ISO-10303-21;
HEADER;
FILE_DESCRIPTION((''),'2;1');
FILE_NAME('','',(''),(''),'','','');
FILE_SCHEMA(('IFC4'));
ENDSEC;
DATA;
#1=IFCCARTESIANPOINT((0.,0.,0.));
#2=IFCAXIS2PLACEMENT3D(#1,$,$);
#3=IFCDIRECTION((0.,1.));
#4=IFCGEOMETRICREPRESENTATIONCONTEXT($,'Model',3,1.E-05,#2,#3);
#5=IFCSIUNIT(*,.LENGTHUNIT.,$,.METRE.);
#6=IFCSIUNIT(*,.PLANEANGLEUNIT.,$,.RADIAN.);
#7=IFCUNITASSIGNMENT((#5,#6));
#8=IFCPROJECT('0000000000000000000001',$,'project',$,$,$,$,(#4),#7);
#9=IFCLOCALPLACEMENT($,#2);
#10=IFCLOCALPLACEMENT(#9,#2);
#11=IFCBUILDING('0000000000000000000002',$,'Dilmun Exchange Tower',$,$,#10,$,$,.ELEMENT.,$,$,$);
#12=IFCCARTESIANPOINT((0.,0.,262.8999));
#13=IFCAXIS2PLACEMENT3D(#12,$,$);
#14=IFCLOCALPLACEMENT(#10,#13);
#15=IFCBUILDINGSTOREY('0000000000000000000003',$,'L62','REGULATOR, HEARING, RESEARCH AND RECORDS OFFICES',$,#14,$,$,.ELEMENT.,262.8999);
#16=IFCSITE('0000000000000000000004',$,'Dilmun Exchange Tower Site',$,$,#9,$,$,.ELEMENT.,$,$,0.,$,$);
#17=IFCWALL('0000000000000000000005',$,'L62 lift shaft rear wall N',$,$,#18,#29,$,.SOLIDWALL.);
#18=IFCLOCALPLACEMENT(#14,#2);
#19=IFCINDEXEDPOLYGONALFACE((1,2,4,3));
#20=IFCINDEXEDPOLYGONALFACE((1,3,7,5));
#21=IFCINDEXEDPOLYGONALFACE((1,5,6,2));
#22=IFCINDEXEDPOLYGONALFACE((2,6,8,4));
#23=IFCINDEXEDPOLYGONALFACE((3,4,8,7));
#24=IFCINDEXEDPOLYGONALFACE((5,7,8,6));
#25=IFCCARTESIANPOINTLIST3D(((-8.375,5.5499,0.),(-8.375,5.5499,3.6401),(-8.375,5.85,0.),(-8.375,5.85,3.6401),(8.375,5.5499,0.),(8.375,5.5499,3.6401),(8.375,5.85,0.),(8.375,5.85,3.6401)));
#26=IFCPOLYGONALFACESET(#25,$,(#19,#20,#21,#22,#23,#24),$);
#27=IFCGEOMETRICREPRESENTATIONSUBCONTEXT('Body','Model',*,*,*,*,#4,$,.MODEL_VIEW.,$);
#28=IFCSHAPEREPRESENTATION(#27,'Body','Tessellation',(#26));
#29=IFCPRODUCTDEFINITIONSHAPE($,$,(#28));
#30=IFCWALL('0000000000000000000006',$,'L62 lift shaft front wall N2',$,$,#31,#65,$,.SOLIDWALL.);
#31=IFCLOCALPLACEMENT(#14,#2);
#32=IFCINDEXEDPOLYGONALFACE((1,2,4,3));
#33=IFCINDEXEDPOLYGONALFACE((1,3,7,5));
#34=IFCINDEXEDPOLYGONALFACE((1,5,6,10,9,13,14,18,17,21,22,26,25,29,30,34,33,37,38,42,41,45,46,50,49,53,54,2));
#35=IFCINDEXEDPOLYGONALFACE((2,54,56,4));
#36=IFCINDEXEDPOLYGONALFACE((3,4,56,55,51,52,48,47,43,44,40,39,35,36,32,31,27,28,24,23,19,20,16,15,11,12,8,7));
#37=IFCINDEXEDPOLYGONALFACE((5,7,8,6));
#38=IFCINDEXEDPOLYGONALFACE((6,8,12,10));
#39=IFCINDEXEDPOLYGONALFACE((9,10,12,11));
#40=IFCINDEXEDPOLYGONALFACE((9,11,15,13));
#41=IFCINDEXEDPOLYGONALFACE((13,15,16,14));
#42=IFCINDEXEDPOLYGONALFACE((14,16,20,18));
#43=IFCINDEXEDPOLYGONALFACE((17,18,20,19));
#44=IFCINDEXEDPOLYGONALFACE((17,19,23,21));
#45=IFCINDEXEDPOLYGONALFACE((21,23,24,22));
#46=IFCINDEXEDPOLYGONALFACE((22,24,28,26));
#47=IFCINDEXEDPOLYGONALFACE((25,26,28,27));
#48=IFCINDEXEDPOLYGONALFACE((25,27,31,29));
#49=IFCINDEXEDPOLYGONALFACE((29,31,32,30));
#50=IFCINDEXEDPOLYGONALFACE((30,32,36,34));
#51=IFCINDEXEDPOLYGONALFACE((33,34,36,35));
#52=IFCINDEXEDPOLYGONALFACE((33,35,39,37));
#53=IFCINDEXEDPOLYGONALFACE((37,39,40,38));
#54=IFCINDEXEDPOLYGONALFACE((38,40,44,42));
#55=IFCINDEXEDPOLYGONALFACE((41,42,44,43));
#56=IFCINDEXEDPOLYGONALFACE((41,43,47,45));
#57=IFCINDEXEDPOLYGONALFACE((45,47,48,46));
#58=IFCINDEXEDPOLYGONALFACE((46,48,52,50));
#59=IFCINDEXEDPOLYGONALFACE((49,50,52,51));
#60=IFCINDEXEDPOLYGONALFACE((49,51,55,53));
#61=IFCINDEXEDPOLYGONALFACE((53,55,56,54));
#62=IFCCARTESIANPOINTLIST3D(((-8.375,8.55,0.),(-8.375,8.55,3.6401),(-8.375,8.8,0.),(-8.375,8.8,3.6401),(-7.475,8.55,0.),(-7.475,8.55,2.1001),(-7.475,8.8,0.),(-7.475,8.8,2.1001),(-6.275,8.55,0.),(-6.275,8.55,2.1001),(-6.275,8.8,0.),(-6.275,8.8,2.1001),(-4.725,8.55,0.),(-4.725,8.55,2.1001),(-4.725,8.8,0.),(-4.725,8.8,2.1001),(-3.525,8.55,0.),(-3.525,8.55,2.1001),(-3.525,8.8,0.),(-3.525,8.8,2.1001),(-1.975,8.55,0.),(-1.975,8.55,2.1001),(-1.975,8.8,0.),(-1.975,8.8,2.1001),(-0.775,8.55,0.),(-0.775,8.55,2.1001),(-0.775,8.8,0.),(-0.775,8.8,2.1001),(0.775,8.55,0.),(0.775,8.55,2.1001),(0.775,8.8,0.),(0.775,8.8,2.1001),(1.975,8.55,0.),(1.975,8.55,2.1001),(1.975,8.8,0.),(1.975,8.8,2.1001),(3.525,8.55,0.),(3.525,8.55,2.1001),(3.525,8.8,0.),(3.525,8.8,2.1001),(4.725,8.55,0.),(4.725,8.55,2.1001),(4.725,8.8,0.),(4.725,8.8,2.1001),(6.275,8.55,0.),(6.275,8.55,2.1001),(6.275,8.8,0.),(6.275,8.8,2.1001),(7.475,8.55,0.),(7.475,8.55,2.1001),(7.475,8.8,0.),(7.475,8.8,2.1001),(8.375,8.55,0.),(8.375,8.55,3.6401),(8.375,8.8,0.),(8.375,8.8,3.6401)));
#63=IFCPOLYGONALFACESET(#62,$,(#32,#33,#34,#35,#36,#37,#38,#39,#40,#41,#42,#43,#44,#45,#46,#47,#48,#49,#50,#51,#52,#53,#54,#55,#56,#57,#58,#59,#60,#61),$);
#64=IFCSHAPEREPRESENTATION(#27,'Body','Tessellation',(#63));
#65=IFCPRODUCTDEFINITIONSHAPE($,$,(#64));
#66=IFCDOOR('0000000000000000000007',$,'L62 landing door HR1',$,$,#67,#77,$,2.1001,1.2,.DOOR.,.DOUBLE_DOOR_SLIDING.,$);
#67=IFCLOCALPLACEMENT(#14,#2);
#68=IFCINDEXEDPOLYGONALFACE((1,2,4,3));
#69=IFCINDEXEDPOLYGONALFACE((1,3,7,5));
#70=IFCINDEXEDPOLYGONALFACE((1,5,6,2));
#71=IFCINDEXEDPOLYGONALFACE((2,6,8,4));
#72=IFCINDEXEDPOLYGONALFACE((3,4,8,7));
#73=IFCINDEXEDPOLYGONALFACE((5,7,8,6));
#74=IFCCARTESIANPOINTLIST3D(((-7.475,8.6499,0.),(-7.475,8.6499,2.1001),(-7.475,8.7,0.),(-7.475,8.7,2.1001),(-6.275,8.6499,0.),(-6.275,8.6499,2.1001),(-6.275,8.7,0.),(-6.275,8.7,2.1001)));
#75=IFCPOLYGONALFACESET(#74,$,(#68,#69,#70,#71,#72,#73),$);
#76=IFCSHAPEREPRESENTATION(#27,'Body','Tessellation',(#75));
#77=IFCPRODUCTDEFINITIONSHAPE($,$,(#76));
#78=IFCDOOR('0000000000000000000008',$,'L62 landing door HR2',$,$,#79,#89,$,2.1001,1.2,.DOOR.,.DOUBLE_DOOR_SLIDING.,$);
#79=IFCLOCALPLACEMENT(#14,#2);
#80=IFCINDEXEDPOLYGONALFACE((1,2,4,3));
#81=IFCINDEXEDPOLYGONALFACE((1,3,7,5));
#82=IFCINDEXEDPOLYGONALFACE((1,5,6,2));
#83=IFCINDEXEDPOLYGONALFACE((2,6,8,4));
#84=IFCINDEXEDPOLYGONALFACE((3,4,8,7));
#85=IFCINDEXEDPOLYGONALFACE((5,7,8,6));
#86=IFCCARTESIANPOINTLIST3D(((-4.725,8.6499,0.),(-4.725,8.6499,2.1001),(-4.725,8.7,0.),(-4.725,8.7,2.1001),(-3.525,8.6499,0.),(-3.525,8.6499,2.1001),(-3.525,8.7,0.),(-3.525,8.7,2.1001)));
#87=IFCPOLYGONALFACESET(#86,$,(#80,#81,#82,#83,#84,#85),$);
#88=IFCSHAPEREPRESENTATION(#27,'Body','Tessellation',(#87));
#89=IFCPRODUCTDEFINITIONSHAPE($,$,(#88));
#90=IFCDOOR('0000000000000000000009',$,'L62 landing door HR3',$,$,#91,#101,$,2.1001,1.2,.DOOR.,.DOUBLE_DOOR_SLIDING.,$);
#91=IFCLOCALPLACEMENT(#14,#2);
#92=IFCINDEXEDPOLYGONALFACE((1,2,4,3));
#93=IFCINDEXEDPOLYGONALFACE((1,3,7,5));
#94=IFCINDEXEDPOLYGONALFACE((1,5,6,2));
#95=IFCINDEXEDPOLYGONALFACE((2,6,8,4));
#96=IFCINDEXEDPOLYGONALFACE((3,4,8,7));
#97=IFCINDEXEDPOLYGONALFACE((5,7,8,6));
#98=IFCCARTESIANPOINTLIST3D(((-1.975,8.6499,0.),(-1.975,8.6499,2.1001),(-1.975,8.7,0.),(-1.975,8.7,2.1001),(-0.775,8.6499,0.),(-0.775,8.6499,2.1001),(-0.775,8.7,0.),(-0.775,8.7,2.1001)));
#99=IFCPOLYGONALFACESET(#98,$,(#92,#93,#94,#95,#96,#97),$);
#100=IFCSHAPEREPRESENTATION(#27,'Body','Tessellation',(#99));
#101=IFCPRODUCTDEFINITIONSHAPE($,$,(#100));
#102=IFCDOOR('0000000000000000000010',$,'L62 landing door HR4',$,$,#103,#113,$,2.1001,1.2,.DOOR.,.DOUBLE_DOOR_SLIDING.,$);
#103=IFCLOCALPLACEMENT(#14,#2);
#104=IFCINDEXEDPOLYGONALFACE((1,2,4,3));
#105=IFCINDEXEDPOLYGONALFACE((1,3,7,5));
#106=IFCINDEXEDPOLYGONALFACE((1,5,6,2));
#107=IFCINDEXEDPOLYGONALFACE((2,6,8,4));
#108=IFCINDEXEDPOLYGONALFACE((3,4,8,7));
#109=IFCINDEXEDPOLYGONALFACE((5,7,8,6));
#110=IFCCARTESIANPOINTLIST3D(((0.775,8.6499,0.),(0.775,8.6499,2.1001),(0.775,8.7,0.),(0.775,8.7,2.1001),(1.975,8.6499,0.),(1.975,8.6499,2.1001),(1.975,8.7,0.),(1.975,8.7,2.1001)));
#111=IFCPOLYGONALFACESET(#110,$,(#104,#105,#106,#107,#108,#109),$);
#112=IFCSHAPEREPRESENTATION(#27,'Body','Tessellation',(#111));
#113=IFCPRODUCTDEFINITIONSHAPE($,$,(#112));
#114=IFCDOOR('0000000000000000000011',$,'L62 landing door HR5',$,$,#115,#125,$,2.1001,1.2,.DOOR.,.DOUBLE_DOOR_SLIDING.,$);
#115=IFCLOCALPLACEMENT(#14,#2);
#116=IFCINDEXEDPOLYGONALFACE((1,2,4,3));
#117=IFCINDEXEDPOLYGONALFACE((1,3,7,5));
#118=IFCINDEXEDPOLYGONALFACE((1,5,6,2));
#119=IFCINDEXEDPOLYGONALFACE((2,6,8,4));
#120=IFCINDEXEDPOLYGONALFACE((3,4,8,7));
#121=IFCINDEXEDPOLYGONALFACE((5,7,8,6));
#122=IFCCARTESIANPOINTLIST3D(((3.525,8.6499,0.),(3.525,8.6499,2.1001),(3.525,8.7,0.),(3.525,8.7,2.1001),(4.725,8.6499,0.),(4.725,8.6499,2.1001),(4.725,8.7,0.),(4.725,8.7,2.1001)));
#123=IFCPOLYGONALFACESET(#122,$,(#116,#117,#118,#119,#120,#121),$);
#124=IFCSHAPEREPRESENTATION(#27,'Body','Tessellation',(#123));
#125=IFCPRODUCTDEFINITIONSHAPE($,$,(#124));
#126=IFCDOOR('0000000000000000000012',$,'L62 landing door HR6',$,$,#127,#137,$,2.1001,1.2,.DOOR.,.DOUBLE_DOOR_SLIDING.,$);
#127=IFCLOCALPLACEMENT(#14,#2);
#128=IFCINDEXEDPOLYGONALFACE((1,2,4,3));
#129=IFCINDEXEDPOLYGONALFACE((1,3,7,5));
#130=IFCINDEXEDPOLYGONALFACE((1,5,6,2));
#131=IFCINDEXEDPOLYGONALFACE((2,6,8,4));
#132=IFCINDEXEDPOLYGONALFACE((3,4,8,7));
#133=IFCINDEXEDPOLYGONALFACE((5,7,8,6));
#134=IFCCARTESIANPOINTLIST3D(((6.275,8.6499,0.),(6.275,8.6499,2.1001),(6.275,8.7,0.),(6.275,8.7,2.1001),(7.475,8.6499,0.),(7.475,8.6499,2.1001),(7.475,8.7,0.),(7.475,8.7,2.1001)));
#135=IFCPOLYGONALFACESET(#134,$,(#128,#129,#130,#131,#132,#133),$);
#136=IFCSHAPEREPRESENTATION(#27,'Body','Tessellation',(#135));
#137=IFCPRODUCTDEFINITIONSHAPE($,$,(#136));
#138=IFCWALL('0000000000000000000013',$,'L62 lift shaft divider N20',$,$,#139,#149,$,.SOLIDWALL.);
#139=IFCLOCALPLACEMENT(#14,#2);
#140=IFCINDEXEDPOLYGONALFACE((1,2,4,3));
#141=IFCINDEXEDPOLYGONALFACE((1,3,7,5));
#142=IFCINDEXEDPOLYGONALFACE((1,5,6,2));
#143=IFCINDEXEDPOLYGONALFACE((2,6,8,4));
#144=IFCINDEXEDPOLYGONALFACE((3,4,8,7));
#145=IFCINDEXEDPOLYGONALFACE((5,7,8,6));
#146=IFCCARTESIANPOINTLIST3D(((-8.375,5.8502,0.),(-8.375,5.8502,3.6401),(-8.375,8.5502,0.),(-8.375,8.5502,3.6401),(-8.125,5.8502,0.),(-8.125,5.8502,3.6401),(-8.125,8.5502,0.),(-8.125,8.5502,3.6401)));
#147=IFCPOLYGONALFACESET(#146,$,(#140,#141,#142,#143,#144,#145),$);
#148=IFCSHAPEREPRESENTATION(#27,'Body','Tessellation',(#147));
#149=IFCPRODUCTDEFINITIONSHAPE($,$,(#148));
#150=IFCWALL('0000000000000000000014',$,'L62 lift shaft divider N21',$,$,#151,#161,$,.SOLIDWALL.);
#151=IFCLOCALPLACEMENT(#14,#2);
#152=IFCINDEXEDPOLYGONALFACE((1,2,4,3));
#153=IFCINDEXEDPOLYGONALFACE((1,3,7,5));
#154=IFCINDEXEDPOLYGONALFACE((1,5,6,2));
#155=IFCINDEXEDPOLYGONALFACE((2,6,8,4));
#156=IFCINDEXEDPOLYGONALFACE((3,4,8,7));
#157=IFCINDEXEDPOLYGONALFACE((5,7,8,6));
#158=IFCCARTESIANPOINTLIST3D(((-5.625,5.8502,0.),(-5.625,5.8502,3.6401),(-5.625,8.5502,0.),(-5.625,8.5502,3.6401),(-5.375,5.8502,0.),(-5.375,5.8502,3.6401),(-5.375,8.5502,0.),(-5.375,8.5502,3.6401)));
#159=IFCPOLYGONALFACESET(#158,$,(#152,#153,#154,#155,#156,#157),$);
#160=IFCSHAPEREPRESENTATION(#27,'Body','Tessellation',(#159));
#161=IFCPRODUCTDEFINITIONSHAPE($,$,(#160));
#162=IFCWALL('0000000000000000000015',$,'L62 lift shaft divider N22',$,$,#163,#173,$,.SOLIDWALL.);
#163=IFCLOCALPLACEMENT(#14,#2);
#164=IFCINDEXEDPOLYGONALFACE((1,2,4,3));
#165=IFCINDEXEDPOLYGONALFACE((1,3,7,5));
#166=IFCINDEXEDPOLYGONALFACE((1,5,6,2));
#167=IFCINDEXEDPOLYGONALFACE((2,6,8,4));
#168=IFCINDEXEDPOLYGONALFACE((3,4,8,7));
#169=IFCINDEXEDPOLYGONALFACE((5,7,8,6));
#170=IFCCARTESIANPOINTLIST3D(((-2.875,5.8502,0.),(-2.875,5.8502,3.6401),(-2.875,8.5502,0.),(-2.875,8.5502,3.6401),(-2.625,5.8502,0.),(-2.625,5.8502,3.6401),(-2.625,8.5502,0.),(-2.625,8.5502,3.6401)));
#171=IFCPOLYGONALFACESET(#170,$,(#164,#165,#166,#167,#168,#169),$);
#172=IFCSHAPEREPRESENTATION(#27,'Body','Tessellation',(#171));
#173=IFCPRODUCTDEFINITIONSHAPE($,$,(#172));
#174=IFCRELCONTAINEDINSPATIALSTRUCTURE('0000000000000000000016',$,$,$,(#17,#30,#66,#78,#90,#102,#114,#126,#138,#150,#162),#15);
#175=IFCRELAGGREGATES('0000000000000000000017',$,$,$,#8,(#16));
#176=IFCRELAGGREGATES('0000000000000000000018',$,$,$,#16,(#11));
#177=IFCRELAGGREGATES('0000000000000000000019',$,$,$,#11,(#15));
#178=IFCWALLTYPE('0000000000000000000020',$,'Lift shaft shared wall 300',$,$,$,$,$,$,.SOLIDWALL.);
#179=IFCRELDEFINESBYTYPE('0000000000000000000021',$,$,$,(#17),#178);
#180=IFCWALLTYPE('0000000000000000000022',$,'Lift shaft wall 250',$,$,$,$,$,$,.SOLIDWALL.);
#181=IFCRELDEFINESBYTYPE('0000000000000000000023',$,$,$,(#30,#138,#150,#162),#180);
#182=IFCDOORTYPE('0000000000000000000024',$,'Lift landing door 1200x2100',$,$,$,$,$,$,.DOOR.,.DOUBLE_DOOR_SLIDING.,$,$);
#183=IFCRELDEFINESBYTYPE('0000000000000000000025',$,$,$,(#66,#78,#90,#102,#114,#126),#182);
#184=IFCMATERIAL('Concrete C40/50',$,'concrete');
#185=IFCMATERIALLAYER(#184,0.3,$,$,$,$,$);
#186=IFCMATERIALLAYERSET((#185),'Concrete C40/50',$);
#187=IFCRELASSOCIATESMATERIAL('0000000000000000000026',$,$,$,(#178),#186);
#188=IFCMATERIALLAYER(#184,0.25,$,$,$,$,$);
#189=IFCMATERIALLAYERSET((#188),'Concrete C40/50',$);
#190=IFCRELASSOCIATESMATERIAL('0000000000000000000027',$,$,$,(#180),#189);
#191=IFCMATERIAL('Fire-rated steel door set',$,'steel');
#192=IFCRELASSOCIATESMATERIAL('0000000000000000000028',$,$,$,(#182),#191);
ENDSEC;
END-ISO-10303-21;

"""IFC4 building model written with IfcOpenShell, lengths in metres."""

from ifc_helpers import new_model, si_unit, direction, frame, frame_2d, origin, place, context, subcontext, project, spatial, rectangle, extrude, material, layer, layer_set, type_object, element, fill, save


model = new_model("IFC4")

# Units and contexts
model_context = context("Model", 3, precision=1e-05, world=origin(), true_north=direction((0.0, 1.0)))
body_context = subcontext(model_context, "Body", "Model", "MODEL_VIEW")
ifc_project = project(units=[si_unit("LENGTHUNIT", "METRE"), si_unit("PLANEANGLEUNIT", "RADIAN")], contexts=[model_context])

# Site, building, storey
site_placement = place(None, origin())
site = spatial("IfcSite", under=ifc_project, at=site_placement, Name="Dilmun Exchange Tower Site", CompositionType="ELEMENT", RefElevation=0.0)
building_placement = place(site_placement, origin())
building = spatial("IfcBuilding", under=site, at=building_placement, Name="Dilmun Exchange Tower", CompositionType="ELEMENT")
storey_placement = place(building_placement, frame((0.0, 0.0, 262.8999)))
storey = spatial("IfcBuildingStorey", under=building, at=storey_placement, Name="L62", Description="REGULATOR, HEARING, RESEARCH AND RECORDS OFFICES", CompositionType="ELEMENT", Elevation=262.8999)

# Shared definitions
ifc_material_1 = material(Name="Concrete C40/50", Category="concrete")

# Shared definitions
ifc_material_2 = material(Name="Fire-rated steel door set", Category="steel")

# Wall
ifc_layer_1 = layer(ifc_material_1, 0.3)
ifc_layer_set_1 = layer_set([ifc_layer_1], Name="Concrete C40/50")
wall_type_1 = type_object("IfcWallType", Name="Lift shaft shared wall 300", PredefinedType="SOLIDWALL", material=ifc_layer_set_1)
wall_1_placement = place(storey_placement, frame((-8.375, 5.7, 0.0), z_axis=(0.0, 0.0, 1.0), x_axis=(1.0, 0.0, 0.0)))
element("IfcWall", 1, at=wall_1_placement, inside=storey, type_object=wall_type_1, Name="L62 lift shaft rear wall N", PredefinedType="SOLIDWALL", context=body_context, shape_type="SweptSolid", body=[
    extrude(rectangle(XDim=16.75, YDim=0.3, at=frame_2d((8.375, 0.0))), origin(), (0.0, 0.0, 1.0), 3.6401),
])

# Wall, openings, doors
ifc_layer_2 = layer(ifc_material_1, 0.25)
ifc_layer_set_2 = layer_set([ifc_layer_2], Name="Concrete C40/50")
wall_type_2 = type_object("IfcWallType", Name="Lift shaft wall 250", PredefinedType="SOLIDWALL", material=ifc_layer_set_2)
wall_2_placement = place(storey_placement, frame((-8.375, 8.675, 0.0), z_axis=(0.0, 0.0, 1.0), x_axis=(1.0, 0.0, 0.0)))
wall_2 = element("IfcWall", 2, at=wall_2_placement, inside=storey, type_object=wall_type_2, Name="L62 lift shaft front wall N2", PredefinedType="SOLIDWALL", context=body_context, shape_type="SweptSolid", body=[
    extrude(rectangle(XDim=16.75, YDim=0.25, at=frame_2d((8.375, 0.0))), origin(), (0.0, 0.0, 1.0), 3.6401),
])
opening_1_placement = place(wall_2_placement, frame((0.8999, 0.0, 0.0)))
opening_1 = element("IfcOpeningElement", 3, at=opening_1_placement, cuts=wall_2, PredefinedType="OPENING", context=body_context, shape_type="SweptSolid", body=[
    extrude(rectangle(XDim=1.2, YDim=2.1001, at=frame_2d((0.6001, 1.05))), frame((0.0, 0.135, 0.0), z_axis=(0.0, -1.0, 0.0), x_axis=(1.0, 0.0, 0.0)), (0.0, 0.0, 1.0), 0.27),
])
opening_2_placement = place(wall_2_placement, frame((3.6499, 0.0, 0.0)))
opening_2 = element("IfcOpeningElement", 4, at=opening_2_placement, cuts=wall_2, PredefinedType="OPENING", context=body_context, shape_type="SweptSolid", body=[
    extrude(rectangle(XDim=1.2, YDim=2.1001, at=frame_2d((0.6001, 1.05))), frame((0.0, 0.135, 0.0), z_axis=(0.0, -1.0, 0.0), x_axis=(1.0, 0.0, 0.0)), (0.0, 0.0, 1.0), 0.27),
])
opening_3_placement = place(wall_2_placement, frame((6.3999, 0.0, 0.0)))
opening_3 = element("IfcOpeningElement", 5, at=opening_3_placement, cuts=wall_2, PredefinedType="OPENING", context=body_context, shape_type="SweptSolid", body=[
    extrude(rectangle(XDim=1.2, YDim=2.1001, at=frame_2d((0.6001, 1.05))), frame((0.0, 0.135, 0.0), z_axis=(0.0, -1.0, 0.0), x_axis=(1.0, 0.0, 0.0)), (0.0, 0.0, 1.0), 0.27),
])
opening_4_placement = place(wall_2_placement, frame((9.1499, 0.0, 0.0)))
opening_4 = element("IfcOpeningElement", 6, at=opening_4_placement, cuts=wall_2, PredefinedType="OPENING", context=body_context, shape_type="SweptSolid", body=[
    extrude(rectangle(XDim=1.2, YDim=2.1001, at=frame_2d((0.6001, 1.05))), frame((0.0, 0.135, 0.0), z_axis=(0.0, -1.0, 0.0), x_axis=(1.0, 0.0, 0.0)), (0.0, 0.0, 1.0), 0.27),
])
opening_5_placement = place(wall_2_placement, frame((11.8999, 0.0, 0.0)))
opening_5 = element("IfcOpeningElement", 7, at=opening_5_placement, cuts=wall_2, PredefinedType="OPENING", context=body_context, shape_type="SweptSolid", body=[
    extrude(rectangle(XDim=1.2, YDim=2.1001, at=frame_2d((0.6001, 1.05))), frame((0.0, 0.135, 0.0), z_axis=(0.0, -1.0, 0.0), x_axis=(1.0, 0.0, 0.0)), (0.0, 0.0, 1.0), 0.27),
])
opening_6_placement = place(wall_2_placement, frame((14.6499, 0.0, 0.0)))
opening_6 = element("IfcOpeningElement", 8, at=opening_6_placement, cuts=wall_2, PredefinedType="OPENING", context=body_context, shape_type="SweptSolid", body=[
    extrude(rectangle(XDim=1.2, YDim=2.1001, at=frame_2d((0.6001, 1.05))), frame((0.0, 0.135, 0.0), z_axis=(0.0, -1.0, 0.0), x_axis=(1.0, 0.0, 0.0)), (0.0, 0.0, 1.0), 0.27),
])
door_type_1 = type_object("IfcDoorType", Name="Lift landing door 1200x2100", OperationType="DOUBLE_DOOR_SLIDING", PredefinedType="DOOR", material=ifc_material_2)
door_1_placement = place(opening_1_placement, origin())
door_1 = element("IfcDoor", 9, at=door_1_placement, inside=storey, type_object=door_type_1, Name="L62 landing door HR1", OperationType="DOUBLE_DOOR_SLIDING", OverallHeight=2.1001, OverallWidth=1.2, PredefinedType="DOOR", context=body_context, shape_type="SweptSolid", body=[
    extrude(rectangle(XDim=1.2, YDim=2.1001, at=frame_2d((0.6001, 1.05))), frame((0.0, 0.0249, 0.0), z_axis=(0.0, -1.0, 0.0), x_axis=(1.0, 0.0, 0.0)), (0.0, 0.0, 1.0), 0.05),
])
fill(opening_1, door_1)
door_2_placement = place(opening_2_placement, origin())
door_2 = element("IfcDoor", 10, at=door_2_placement, inside=storey, type_object=door_type_1, Name="L62 landing door HR2", OperationType="DOUBLE_DOOR_SLIDING", OverallHeight=2.1001, OverallWidth=1.2, PredefinedType="DOOR", context=body_context, shape_type="SweptSolid", body=[
    extrude(rectangle(XDim=1.2, YDim=2.1001, at=frame_2d((0.6001, 1.05))), frame((0.0, 0.0249, 0.0), z_axis=(0.0, -1.0, 0.0), x_axis=(1.0, 0.0, 0.0)), (0.0, 0.0, 1.0), 0.05),
])
fill(opening_2, door_2)
door_3_placement = place(opening_3_placement, origin())
door_3 = element("IfcDoor", 11, at=door_3_placement, inside=storey, type_object=door_type_1, Name="L62 landing door HR3", OperationType="DOUBLE_DOOR_SLIDING", OverallHeight=2.1001, OverallWidth=1.2, PredefinedType="DOOR", context=body_context, shape_type="SweptSolid", body=[
    extrude(rectangle(XDim=1.2, YDim=2.1001, at=frame_2d((0.6001, 1.05))), frame((0.0, 0.0249, 0.0), z_axis=(0.0, -1.0, 0.0), x_axis=(1.0, 0.0, 0.0)), (0.0, 0.0, 1.0), 0.05),
])
fill(opening_3, door_3)
door_4_placement = place(opening_4_placement, origin())
door_4 = element("IfcDoor", 12, at=door_4_placement, inside=storey, type_object=door_type_1, Name="L62 landing door HR4", OperationType="DOUBLE_DOOR_SLIDING", OverallHeight=2.1001, OverallWidth=1.2, PredefinedType="DOOR", context=body_context, shape_type="SweptSolid", body=[
    extrude(rectangle(XDim=1.2, YDim=2.1001, at=frame_2d((0.6001, 1.05))), frame((0.0, 0.0249, 0.0), z_axis=(0.0, -1.0, 0.0), x_axis=(1.0, 0.0, 0.0)), (0.0, 0.0, 1.0), 0.05),
])
fill(opening_4, door_4)
door_5_placement = place(opening_5_placement, origin())
door_5 = element("IfcDoor", 13, at=door_5_placement, inside=storey, type_object=door_type_1, Name="L62 landing door HR5", OperationType="DOUBLE_DOOR_SLIDING", OverallHeight=2.1001, OverallWidth=1.2, PredefinedType="DOOR", context=body_context, shape_type="SweptSolid", body=[
    extrude(rectangle(XDim=1.2, YDim=2.1001, at=frame_2d((0.6001, 1.05))), frame((0.0, 0.0249, 0.0), z_axis=(0.0, -1.0, 0.0), x_axis=(1.0, 0.0, 0.0)), (0.0, 0.0, 1.0), 0.05),
])
fill(opening_5, door_5)
door_6_placement = place(opening_6_placement, origin())
door_6 = element("IfcDoor", 14, at=door_6_placement, inside=storey, type_object=door_type_1, Name="L62 landing door HR6", OperationType="DOUBLE_DOOR_SLIDING", OverallHeight=2.1001, OverallWidth=1.2, PredefinedType="DOOR", context=body_context, shape_type="SweptSolid", body=[
    extrude(rectangle(XDim=1.2, YDim=2.1001, at=frame_2d((0.6001, 1.05))), frame((0.0, 0.0249, 0.0), z_axis=(0.0, -1.0, 0.0), x_axis=(1.0, 0.0, 0.0)), (0.0, 0.0, 1.0), 0.05),
])
fill(opening_6, door_6)

# Walls
for number, where, z_axis, x_axis, name in (
    (15, (-8.25, 5.8501, 0.0), (0.0, 0.0, 1.0), (0.0, 1.0, 0.0), "L62 lift shaft divider N20"),
    (16, (-5.5, 5.8501, 0.0), (0.0, 0.0, 1.0), (0.0, 1.0, 0.0), "L62 lift shaft divider N21"),
    (17, (-2.75, 5.8501, 0.0), (0.0, 0.0, 1.0), (0.0, 1.0, 0.0), "L62 lift shaft divider N22"),
):
    element("IfcWall", number, at=place(storey_placement, frame(where, z_axis=z_axis, x_axis=x_axis)), inside=storey, type_object=wall_type_2, Name=name, PredefinedType="SOLIDWALL", context=body_context, shape_type="SweptSolid", body=[
        extrude(rectangle(XDim=2.7, YDim=0.25, at=frame_2d((1.3501, 0.0))), origin(), (0.0, 0.0, 1.0), 3.6401),
    ])

save(model, "model.ifc")
